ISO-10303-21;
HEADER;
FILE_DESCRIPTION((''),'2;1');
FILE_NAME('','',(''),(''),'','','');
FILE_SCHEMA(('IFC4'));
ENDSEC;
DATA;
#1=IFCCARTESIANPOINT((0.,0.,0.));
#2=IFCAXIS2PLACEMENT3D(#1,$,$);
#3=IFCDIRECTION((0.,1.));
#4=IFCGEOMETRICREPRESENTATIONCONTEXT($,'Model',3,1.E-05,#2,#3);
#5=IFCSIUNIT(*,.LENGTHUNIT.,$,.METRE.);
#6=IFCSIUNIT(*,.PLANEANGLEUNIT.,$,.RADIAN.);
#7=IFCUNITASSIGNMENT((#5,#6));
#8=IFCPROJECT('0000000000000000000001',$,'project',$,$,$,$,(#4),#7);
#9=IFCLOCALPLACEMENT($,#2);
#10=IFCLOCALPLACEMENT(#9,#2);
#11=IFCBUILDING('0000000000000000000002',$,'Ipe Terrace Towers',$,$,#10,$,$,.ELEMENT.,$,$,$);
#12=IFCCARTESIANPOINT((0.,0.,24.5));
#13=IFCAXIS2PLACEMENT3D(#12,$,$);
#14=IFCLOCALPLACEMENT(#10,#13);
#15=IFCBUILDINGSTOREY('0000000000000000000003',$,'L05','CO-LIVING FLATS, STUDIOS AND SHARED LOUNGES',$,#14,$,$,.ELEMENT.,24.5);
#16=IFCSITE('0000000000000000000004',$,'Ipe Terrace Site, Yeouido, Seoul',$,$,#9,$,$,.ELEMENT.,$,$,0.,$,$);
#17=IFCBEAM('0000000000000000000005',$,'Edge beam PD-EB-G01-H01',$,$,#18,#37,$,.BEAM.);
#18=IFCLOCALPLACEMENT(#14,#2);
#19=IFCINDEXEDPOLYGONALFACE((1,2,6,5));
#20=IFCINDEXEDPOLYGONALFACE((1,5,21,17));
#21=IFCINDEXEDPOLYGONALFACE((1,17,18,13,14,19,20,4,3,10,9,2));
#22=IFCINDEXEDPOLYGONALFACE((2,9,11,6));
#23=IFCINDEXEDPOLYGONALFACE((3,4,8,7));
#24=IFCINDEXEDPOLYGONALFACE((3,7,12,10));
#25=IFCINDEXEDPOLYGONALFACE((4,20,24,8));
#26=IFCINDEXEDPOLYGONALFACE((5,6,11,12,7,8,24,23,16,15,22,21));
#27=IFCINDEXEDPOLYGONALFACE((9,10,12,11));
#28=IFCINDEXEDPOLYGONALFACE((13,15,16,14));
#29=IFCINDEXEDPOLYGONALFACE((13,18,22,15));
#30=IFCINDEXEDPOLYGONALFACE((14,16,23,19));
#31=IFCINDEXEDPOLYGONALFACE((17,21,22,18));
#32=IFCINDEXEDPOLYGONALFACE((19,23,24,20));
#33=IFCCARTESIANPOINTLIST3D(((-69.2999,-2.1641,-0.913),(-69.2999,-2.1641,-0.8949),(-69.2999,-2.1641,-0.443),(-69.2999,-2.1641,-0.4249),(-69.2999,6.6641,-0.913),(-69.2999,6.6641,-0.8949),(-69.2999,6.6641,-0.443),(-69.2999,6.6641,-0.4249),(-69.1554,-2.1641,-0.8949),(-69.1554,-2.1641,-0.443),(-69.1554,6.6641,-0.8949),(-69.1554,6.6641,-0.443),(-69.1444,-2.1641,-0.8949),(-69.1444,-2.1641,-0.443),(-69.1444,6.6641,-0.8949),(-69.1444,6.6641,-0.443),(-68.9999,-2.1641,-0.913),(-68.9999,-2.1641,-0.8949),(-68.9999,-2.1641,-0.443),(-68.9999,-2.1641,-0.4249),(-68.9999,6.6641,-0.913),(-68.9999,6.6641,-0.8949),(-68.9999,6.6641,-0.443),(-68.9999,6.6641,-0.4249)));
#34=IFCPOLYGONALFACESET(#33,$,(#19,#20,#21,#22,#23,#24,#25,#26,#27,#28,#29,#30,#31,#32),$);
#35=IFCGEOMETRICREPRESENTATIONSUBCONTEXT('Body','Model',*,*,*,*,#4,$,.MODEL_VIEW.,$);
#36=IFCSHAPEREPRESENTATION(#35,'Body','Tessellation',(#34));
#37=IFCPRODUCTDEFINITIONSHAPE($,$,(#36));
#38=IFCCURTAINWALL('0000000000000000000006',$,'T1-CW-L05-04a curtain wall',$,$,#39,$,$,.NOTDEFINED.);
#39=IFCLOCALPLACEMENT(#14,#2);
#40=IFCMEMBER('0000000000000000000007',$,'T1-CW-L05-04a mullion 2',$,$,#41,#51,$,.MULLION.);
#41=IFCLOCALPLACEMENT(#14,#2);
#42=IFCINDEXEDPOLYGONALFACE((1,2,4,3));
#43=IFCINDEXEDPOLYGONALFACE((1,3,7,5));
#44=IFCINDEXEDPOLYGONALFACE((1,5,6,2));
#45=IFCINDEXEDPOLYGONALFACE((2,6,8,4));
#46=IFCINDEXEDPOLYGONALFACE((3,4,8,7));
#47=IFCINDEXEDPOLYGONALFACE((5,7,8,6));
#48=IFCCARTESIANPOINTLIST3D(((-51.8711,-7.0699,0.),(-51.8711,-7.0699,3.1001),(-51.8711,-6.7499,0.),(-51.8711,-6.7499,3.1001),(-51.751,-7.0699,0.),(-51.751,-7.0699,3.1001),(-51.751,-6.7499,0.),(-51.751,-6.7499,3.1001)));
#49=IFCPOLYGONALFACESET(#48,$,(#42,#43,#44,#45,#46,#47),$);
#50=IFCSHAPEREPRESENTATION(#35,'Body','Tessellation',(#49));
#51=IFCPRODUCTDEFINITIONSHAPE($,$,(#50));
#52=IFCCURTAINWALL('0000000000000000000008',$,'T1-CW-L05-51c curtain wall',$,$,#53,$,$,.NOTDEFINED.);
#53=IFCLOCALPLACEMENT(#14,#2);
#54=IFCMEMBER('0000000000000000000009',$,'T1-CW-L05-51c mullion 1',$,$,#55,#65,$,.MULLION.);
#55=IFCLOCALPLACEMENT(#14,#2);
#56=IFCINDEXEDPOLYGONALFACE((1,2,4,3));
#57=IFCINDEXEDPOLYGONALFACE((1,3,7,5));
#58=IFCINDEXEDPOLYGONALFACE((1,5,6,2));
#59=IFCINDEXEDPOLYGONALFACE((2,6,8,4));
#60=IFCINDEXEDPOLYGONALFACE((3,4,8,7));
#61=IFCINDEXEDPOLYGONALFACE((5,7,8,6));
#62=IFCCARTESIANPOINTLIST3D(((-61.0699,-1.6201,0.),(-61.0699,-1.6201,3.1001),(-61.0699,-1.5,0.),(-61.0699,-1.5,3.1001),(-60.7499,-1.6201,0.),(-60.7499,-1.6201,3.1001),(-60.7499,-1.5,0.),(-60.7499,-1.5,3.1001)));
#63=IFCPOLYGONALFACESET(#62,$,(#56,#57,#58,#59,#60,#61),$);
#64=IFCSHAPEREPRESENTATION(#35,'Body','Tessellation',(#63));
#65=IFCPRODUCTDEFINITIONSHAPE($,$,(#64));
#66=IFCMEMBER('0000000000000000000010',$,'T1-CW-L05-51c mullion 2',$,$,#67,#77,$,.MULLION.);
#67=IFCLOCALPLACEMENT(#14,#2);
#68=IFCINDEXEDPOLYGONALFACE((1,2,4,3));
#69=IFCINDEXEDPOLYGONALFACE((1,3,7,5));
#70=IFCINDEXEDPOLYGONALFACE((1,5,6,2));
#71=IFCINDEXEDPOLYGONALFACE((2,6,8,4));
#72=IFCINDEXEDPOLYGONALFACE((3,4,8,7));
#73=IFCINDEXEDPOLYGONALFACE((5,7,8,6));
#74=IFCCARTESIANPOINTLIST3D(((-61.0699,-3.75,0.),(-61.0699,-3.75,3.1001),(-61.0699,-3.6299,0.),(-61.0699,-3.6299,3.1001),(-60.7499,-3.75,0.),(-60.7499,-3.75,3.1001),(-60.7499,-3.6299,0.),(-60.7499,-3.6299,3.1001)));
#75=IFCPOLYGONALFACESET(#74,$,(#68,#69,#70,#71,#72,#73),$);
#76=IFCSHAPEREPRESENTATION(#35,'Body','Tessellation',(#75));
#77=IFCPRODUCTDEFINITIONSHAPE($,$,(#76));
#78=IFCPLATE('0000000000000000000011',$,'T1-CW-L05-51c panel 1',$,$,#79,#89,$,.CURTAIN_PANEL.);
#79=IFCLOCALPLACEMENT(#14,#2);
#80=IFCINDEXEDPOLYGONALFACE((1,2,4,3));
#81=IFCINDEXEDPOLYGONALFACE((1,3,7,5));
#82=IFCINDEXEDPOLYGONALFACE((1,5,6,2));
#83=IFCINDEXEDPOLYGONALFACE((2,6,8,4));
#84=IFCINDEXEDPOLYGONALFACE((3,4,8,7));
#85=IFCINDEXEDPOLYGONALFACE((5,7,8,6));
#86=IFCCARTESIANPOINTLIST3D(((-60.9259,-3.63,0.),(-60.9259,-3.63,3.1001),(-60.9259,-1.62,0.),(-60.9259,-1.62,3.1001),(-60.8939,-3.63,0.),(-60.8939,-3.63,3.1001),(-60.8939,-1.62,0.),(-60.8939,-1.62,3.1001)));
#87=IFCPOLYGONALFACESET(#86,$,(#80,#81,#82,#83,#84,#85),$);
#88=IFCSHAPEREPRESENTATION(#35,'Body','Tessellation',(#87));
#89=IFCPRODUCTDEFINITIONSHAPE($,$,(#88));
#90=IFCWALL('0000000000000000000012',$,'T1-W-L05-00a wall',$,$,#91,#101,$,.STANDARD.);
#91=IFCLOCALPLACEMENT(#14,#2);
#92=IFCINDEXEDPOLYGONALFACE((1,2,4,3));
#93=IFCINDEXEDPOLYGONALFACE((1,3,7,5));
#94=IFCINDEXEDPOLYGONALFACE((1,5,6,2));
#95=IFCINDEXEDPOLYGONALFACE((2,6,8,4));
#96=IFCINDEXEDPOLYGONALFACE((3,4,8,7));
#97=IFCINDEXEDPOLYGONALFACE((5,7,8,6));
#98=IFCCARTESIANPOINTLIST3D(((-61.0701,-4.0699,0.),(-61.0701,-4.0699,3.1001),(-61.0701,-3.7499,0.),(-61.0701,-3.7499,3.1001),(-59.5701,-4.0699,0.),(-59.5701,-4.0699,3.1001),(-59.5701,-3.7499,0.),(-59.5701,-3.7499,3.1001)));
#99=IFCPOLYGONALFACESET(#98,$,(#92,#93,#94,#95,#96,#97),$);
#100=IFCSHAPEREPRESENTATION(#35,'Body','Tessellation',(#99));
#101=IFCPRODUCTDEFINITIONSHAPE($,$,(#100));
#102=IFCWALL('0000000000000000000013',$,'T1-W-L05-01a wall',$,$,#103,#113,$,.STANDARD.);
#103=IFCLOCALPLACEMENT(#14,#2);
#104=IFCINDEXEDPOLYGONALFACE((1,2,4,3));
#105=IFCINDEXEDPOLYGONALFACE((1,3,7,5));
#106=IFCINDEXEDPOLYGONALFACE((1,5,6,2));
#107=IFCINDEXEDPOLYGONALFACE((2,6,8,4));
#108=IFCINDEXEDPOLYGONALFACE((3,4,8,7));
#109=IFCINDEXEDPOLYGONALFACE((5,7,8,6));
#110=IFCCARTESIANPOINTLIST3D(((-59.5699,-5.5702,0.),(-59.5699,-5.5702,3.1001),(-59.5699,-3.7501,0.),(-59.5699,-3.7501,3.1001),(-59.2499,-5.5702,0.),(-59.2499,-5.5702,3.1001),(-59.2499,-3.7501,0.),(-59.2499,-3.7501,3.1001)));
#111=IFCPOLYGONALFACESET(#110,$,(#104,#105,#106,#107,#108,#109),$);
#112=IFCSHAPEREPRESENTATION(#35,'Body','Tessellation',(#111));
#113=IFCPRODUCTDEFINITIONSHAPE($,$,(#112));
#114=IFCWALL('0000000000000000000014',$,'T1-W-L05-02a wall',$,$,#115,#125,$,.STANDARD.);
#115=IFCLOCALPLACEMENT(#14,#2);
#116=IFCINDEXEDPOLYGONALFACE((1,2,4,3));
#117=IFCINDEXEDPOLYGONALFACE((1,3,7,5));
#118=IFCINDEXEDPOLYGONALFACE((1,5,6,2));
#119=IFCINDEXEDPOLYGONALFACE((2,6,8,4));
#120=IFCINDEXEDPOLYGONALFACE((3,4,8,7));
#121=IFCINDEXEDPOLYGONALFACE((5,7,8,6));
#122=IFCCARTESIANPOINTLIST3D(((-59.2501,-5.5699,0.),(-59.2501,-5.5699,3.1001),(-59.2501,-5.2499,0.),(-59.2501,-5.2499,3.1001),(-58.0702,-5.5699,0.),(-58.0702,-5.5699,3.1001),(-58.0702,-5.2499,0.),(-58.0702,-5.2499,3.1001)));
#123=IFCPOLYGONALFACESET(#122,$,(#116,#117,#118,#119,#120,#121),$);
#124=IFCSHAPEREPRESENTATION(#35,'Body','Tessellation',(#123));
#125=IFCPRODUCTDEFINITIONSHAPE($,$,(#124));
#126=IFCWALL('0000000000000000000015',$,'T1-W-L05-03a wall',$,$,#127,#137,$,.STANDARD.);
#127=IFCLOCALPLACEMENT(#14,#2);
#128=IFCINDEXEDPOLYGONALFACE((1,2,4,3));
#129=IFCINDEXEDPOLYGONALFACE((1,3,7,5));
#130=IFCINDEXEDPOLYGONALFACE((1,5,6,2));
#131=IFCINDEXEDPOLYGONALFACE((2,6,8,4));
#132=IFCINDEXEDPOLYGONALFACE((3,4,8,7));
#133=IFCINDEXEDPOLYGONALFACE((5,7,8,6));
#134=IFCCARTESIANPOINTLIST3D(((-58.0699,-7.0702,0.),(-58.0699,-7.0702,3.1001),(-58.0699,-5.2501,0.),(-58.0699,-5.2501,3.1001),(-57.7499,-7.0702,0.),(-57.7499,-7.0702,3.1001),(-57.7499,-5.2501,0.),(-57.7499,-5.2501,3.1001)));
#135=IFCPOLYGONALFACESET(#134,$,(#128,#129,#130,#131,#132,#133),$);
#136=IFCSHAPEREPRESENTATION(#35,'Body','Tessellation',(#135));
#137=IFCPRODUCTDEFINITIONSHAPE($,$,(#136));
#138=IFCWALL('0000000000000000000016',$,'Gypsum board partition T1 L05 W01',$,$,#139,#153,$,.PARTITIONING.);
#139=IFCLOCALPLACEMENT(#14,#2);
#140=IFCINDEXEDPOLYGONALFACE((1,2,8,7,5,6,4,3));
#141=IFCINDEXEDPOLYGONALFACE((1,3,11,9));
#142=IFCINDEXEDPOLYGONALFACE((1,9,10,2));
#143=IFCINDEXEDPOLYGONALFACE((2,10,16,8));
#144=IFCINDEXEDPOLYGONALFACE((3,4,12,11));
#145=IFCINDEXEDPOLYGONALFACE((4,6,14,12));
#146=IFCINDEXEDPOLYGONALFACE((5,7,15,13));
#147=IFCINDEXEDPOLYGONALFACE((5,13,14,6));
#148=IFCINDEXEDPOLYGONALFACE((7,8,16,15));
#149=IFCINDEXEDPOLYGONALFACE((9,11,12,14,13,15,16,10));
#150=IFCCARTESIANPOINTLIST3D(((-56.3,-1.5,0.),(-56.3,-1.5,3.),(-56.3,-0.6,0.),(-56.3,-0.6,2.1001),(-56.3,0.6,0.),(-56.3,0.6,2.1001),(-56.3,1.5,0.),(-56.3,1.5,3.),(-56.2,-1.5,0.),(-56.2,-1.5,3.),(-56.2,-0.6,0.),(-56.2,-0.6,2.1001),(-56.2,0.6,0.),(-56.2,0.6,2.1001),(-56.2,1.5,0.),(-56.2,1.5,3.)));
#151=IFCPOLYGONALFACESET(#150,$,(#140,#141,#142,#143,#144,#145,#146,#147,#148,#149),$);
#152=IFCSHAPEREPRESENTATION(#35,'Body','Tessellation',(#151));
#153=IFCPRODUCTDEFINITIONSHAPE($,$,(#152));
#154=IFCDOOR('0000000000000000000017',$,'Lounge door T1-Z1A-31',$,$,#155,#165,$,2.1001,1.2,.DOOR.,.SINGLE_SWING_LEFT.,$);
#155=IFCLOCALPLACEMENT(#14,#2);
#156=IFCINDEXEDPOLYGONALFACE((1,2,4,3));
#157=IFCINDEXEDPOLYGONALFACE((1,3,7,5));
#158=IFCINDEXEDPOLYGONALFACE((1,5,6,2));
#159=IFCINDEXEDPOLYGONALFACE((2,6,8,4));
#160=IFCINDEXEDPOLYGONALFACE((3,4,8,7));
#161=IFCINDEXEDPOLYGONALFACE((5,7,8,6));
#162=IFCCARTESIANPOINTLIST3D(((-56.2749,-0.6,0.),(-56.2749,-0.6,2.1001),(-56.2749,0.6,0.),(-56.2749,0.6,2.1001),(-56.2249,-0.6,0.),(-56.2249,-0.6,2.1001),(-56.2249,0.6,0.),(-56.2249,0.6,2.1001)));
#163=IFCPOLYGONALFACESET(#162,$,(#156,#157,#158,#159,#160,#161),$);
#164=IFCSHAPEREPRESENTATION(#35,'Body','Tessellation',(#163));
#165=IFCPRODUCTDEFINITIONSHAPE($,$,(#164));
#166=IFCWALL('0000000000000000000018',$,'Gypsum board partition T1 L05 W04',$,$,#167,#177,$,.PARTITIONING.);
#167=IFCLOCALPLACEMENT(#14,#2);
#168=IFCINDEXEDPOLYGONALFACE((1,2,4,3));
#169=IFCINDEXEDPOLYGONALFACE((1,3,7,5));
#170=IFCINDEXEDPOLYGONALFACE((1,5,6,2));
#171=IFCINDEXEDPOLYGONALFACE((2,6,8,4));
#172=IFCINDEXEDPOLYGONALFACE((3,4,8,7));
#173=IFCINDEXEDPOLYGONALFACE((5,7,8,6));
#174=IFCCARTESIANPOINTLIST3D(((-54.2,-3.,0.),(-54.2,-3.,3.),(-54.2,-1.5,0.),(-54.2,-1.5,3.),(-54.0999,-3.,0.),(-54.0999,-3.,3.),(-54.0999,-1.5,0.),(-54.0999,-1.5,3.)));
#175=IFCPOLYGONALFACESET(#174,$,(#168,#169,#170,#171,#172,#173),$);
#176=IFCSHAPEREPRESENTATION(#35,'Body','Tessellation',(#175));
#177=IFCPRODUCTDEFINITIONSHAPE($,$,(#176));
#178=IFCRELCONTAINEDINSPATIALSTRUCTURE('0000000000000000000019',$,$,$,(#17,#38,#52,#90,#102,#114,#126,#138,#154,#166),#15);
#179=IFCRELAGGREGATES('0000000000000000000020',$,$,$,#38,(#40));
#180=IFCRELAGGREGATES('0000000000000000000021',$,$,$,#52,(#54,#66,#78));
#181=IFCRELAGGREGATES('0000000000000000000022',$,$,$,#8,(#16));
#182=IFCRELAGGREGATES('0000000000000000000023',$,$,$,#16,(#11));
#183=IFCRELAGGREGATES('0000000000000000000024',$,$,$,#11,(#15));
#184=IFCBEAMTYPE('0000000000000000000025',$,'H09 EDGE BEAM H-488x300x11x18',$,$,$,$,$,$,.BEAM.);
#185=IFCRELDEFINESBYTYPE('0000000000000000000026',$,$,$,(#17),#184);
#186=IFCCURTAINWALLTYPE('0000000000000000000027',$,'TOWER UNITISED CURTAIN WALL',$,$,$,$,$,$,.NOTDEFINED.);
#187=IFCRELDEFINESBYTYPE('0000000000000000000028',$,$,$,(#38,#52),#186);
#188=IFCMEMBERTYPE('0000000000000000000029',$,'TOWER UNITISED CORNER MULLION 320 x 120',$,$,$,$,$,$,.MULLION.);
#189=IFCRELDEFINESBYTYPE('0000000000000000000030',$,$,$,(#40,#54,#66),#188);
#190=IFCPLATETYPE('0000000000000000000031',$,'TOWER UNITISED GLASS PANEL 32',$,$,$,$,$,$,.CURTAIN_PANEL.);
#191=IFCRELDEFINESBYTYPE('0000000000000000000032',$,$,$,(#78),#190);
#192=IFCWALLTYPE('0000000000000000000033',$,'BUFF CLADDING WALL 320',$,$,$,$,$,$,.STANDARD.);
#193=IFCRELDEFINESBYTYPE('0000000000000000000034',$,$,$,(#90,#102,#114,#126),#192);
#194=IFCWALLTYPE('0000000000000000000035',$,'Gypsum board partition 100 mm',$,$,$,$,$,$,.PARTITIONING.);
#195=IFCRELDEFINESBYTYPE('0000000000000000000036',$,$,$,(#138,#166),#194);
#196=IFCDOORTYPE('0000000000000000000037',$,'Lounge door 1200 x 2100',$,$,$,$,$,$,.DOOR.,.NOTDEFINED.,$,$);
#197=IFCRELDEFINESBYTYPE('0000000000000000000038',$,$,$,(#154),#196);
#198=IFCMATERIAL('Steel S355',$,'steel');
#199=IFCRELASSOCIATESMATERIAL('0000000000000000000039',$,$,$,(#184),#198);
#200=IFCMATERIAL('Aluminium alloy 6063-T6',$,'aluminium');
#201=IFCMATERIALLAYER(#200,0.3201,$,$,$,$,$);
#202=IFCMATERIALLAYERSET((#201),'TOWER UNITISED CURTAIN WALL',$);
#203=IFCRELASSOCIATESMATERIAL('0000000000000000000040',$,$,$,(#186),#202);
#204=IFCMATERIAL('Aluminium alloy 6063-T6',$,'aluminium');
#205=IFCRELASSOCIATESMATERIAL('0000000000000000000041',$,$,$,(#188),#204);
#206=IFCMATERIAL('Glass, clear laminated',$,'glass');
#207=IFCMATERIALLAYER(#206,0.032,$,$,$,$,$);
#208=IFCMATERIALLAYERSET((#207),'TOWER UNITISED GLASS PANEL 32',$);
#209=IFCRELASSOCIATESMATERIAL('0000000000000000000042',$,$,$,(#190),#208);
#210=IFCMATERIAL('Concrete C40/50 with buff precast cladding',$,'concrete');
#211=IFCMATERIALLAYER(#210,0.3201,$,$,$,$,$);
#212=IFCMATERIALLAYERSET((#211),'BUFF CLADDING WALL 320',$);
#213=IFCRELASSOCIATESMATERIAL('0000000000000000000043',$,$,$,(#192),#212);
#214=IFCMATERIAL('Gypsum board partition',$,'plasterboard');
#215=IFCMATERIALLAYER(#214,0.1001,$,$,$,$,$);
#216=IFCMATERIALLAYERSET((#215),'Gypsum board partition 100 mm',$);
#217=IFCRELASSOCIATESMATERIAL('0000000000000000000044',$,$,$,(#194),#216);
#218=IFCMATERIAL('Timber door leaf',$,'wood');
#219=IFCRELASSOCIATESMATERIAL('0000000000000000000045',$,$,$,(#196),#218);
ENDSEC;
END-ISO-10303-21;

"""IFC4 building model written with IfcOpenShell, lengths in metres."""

from ifc_helpers import new_model, si_unit, direction, frame, frame_2d, origin, origin_2d, place, context, subcontext, project, spatial, rectangle, i_section, extrude, material, layer, layer_set, material_profile, profile_set, type_object, element, fill, aggregate, save


model = new_model("IFC4")

# Units and contexts
model_context = context("Model", 3, precision=1e-05, world=origin(), true_north=direction((0.0, 1.0)))
body_context = subcontext(model_context, "Body", "Model", "MODEL_VIEW")
ifc_project = project(units=[si_unit("LENGTHUNIT", "METRE"), si_unit("PLANEANGLEUNIT", "RADIAN")], contexts=[model_context])

# Site, building, storey
site_placement = place(None, origin())
site = spatial("IfcSite", under=ifc_project, at=site_placement, Name="Ipe Terrace Site, Yeouido, Seoul", CompositionType="ELEMENT", RefElevation=0.0)
building_placement = place(site_placement, origin())
building = spatial("IfcBuilding", under=site, at=building_placement, Name="Ipe Terrace Towers", CompositionType="ELEMENT")
storey_placement = place(building_placement, frame((0.0, 0.0, 24.5)))
storey = spatial("IfcBuildingStorey", under=building, at=storey_placement, Name="L05", Description="CO-LIVING FLATS, STUDIOS AND SHARED LOUNGES", CompositionType="ELEMENT", Elevation=24.5)

# Beam
ifc_material_1 = material(Name="Steel S355", Category="steel")
ifc_material_profile_1 = material_profile(ifc_material_1, i_section(OverallWidth=0.3, OverallDepth=0.488, WebThickness=0.011, FlangeThickness=0.0181, at=origin_2d()), Name="H-488x300x11x18")
ifc_profile_set_1 = profile_set([ifc_material_profile_1], Name="Steel S355")
beam_type_1 = type_object("IfcBeamType", Name="H09 EDGE BEAM H-488x300x11x18", PredefinedType="BEAM", material=ifc_profile_set_1)
beam_1_placement = place(storey_placement, frame((-69.1499, -2.1641, -0.6689), z_axis=(0.0, 1.0, 0.0), x_axis=(-1.0, 0.0, 0.0)))
element("IfcBeam", 1, at=beam_1_placement, inside=storey, type_object=beam_type_1, Name="Edge beam PD-EB-G01-H01", PredefinedType="BEAM", context=body_context, shape_type="SweptSolid", body=[
    extrude(i_section(OverallWidth=0.3, OverallDepth=0.488, WebThickness=0.011, FlangeThickness=0.0181, at=origin_2d()), origin(), (0.0, 0.0, 1.0), 8.8281),
])

# Curtain wall, member
ifc_material_2 = material(Name="Aluminium alloy 6063-T6", Category="aluminium")
ifc_layer_1 = layer(ifc_material_2, 0.3201)
ifc_layer_set_1 = layer_set([ifc_layer_1], Name="TOWER UNITISED CURTAIN WALL")
curtain_wall_type = type_object("IfcCurtainWallType", Name="TOWER UNITISED CURTAIN WALL", PredefinedType="NOTDEFINED", material=ifc_layer_set_1)
curtain_wall_1_placement = place(storey_placement, origin())
curtain_wall_1 = element("IfcCurtainWall", 2, at=curtain_wall_1_placement, inside=storey, type_object=curtain_wall_type, Name="T1-CW-L05-04a curtain wall", PredefinedType="NOTDEFINED")
ifc_material_3 = material(Name="Aluminium alloy 6063-T6", Category="aluminium")
ifc_material_profile_2 = material_profile(ifc_material_3, rectangle(XDim=0.3201, YDim=0.1201, at=origin_2d()), Name="TOWER UNITISED CORNER MULLION 320 x 120")
ifc_profile_set_2 = profile_set([ifc_material_profile_2], Name="Aluminium alloy 6063-T6")
member_type = type_object("IfcMemberType", Name="TOWER UNITISED CORNER MULLION 320 x 120", PredefinedType="MULLION", material=ifc_profile_set_2)
member_1_placement = place(storey_placement, frame((-51.811, -6.9099, 0.0), z_axis=(0.0, 0.0, 1.0), x_axis=(0.0, -1.0, 0.0)))
member_1 = element("IfcMember", 3, at=member_1_placement, type_object=member_type, Name="T1-CW-L05-04a mullion 2", PredefinedType="MULLION", context=body_context, shape_type="SweptSolid", body=[
    extrude(rectangle(XDim=0.3201, YDim=0.1201, at=origin_2d()), origin(), (0.0, 0.0, 1.0), 3.1001),
])
aggregate(curtain_wall_1, [member_1])

# Curtain wall, members, plate
curtain_wall_2_placement = place(storey_placement, origin())
curtain_wall_2 = element("IfcCurtainWall", 4, at=curtain_wall_2_placement, inside=storey, type_object=curtain_wall_type, Name="T1-CW-L05-51c curtain wall", PredefinedType="NOTDEFINED")
member_2_placement = place(storey_placement, frame((-60.9099, -1.5601, 0.0), z_axis=(0.0, 0.0, 1.0), x_axis=(-1.0, 0.0, 0.0)))
member_2 = element("IfcMember", 5, at=member_2_placement, type_object=member_type, Name="T1-CW-L05-51c mullion 1", PredefinedType="MULLION", context=body_context, shape_type="SweptSolid", body=[
    extrude(rectangle(XDim=0.3201, YDim=0.1201, at=origin_2d()), origin(), (0.0, 0.0, 1.0), 3.1001),
])
member_3_placement = place(storey_placement, frame((-60.9099, -3.6899, 0.0), z_axis=(0.0, 0.0, 1.0), x_axis=(-1.0, 0.0, 0.0)))
member_3 = element("IfcMember", 6, at=member_3_placement, type_object=member_type, Name="T1-CW-L05-51c mullion 2", PredefinedType="MULLION", context=body_context, shape_type="SweptSolid", body=[
    extrude(rectangle(XDim=0.3201, YDim=0.1201, at=origin_2d()), origin(), (0.0, 0.0, 1.0), 3.1001),
])
ifc_material_4 = material(Name="Glass, clear laminated", Category="glass")
ifc_layer_2 = layer(ifc_material_4, 0.032)
ifc_layer_set_2 = layer_set([ifc_layer_2], Name="TOWER UNITISED GLASS PANEL 32")
plate_type = type_object("IfcPlateType", Name="TOWER UNITISED GLASS PANEL 32", PredefinedType="CURTAIN_PANEL", material=ifc_layer_set_2)
plate_placement = place(storey_placement, frame((-60.9099, -2.625, 0.0), z_axis=(0.0, 0.0, 1.0), x_axis=(0.0, -1.0, 0.0)))
plate = element("IfcPlate", 7, at=plate_placement, type_object=plate_type, Name="T1-CW-L05-51c panel 1", PredefinedType="CURTAIN_PANEL", context=body_context, shape_type="SweptSolid", body=[
    extrude(rectangle(XDim=2.01, YDim=0.032, at=origin_2d()), origin(), (0.0, 0.0, 1.0), 3.1001),
])
aggregate(curtain_wall_2, [member_2, member_3, plate])

# Walls
ifc_material_5 = material(Name="Concrete C40/50 with buff precast cladding", Category="concrete")
ifc_layer_3 = layer(ifc_material_5, 0.3201)
ifc_layer_set_3 = layer_set([ifc_layer_3], Name="BUFF CLADDING WALL 320")
wall_type_1 = type_object("IfcWallType", Name="BUFF CLADDING WALL 320", PredefinedType="STANDARD", material=ifc_layer_set_3)
wall_1_placement = place(storey_placement, frame((-61.0701, -3.9099, 0.0), z_axis=(0.0, 0.0, 1.0), x_axis=(1.0, 0.0, 0.0)))
element("IfcWall", 8, at=wall_1_placement, inside=storey, type_object=wall_type_1, Name="T1-W-L05-00a wall", PredefinedType="STANDARD", context=body_context, shape_type="SweptSolid", body=[
    extrude(rectangle(XDim=1.5, YDim=0.3201, at=frame_2d((0.75, 0.0))), origin(), (0.0, 0.0, 1.0), 3.1001),
])
wall_2_placement = place(storey_placement, frame((-59.4099, -3.75, 0.0), z_axis=(0.0, 0.0, 1.0), x_axis=(0.0, -1.0, 0.0)))
element("IfcWall", 9, at=wall_2_placement, inside=storey, type_object=wall_type_1, Name="T1-W-L05-01a wall", PredefinedType="STANDARD", context=body_context, shape_type="SweptSolid", body=[
    extrude(rectangle(XDim=1.8201, YDim=0.3201, at=frame_2d((0.9102, 0.0))), origin(), (0.0, 0.0, 1.0), 3.1001),
])
wall_3_placement = place(storey_placement, frame((-59.25, -5.4099, 0.0), z_axis=(0.0, 0.0, 1.0), x_axis=(1.0, 0.0, 0.0)))
element("IfcWall", 10, at=wall_3_placement, inside=storey, type_object=wall_type_1, Name="T1-W-L05-02a wall", PredefinedType="STANDARD", context=body_context, shape_type="SweptSolid", body=[
    extrude(rectangle(XDim=1.1799, YDim=0.3201, at=frame_2d((0.5898, 0.0))), origin(), (0.0, 0.0, 1.0), 3.1001),
])
wall_4_placement = place(storey_placement, frame((-57.9099, -5.25, 0.0), z_axis=(0.0, 0.0, 1.0), x_axis=(0.0, -1.0, 0.0)))
element("IfcWall", 11, at=wall_4_placement, inside=storey, type_object=wall_type_1, Name="T1-W-L05-03a wall", PredefinedType="STANDARD", context=body_context, shape_type="SweptSolid", body=[
    extrude(rectangle(XDim=1.8201, YDim=0.3201, at=frame_2d((0.9102, 0.0))), origin(), (0.0, 0.0, 1.0), 3.1001),
])

# Wall, opening, door
ifc_material_6 = material(Name="Gypsum board partition", Category="plasterboard")
ifc_layer_4 = layer(ifc_material_6, 0.1001)
ifc_layer_set_4 = layer_set([ifc_layer_4], Name="Gypsum board partition 100 mm")
wall_type_2 = type_object("IfcWallType", Name="Gypsum board partition 100 mm", PredefinedType="PARTITIONING", material=ifc_layer_set_4)
wall_5_placement = place(storey_placement, frame((-56.25, -1.5, 0.0), z_axis=(0.0, 0.0, 1.0), x_axis=(0.0, 1.0, 0.0)))
wall_5 = element("IfcWall", 12, at=wall_5_placement, inside=storey, type_object=wall_type_2, Name="Gypsum board partition T1 L05 W01", PredefinedType="PARTITIONING", context=body_context, shape_type="SweptSolid", body=[
    extrude(rectangle(XDim=3.0, YDim=0.1001, at=frame_2d((1.5, 0.0))), origin(), (0.0, 0.0, 1.0), 3.0),
])
opening_1_placement = place(wall_5_placement, frame((0.8999, 0.0, 0.0)))
opening_1 = element("IfcOpeningElement", 13, at=opening_1_placement, cuts=wall_5, PredefinedType="OPENING", context=body_context, shape_type="SweptSolid", body=[
    extrude(rectangle(XDim=1.2, YDim=2.1001, at=frame_2d((0.6001, 1.05))), frame((0.0, 0.0601, 0.0), z_axis=(0.0, -1.0, 0.0), x_axis=(1.0, 0.0, 0.0)), (0.0, 0.0, 1.0), 0.1201),
])
ifc_material_7 = material(Name="Timber door leaf", Category="wood")
door_type_1 = type_object("IfcDoorType", Name="Lounge door 1200 x 2100", OperationType="NOTDEFINED", PredefinedType="DOOR", material=ifc_material_7)
door_1_placement = place(opening_1_placement, origin())
door_1 = element("IfcDoor", 14, at=door_1_placement, inside=storey, type_object=door_type_1, Name="Lounge door T1-Z1A-31", OperationType="SINGLE_SWING_LEFT", OverallHeight=2.1001, OverallWidth=1.2, PredefinedType="DOOR", context=body_context, shape_type="SweptSolid", body=[
    extrude(rectangle(XDim=1.2, YDim=2.1001, at=frame_2d((0.6001, 1.05))), frame((0.0, 0.0249, 0.0), z_axis=(0.0, -1.0, 0.0), x_axis=(1.0, 0.0, 0.0)), (0.0, 0.0, 1.0), 0.05),
])
fill(opening_1, door_1)

# Wall
wall_6_placement = place(storey_placement, frame((-54.1499, -3.0, 0.0), z_axis=(0.0, 0.0, 1.0), x_axis=(0.0, 1.0, 0.0)))
element("IfcWall", 15, at=wall_6_placement, inside=storey, type_object=wall_type_2, Name="Gypsum board partition T1 L05 W04", PredefinedType="PARTITIONING", context=body_context, shape_type="SweptSolid", body=[
    extrude(rectangle(XDim=1.5, YDim=0.1001, at=frame_2d((0.75, 0.0))), origin(), (0.0, 0.0, 1.0), 3.0),
])

save(model, "model.ifc")
